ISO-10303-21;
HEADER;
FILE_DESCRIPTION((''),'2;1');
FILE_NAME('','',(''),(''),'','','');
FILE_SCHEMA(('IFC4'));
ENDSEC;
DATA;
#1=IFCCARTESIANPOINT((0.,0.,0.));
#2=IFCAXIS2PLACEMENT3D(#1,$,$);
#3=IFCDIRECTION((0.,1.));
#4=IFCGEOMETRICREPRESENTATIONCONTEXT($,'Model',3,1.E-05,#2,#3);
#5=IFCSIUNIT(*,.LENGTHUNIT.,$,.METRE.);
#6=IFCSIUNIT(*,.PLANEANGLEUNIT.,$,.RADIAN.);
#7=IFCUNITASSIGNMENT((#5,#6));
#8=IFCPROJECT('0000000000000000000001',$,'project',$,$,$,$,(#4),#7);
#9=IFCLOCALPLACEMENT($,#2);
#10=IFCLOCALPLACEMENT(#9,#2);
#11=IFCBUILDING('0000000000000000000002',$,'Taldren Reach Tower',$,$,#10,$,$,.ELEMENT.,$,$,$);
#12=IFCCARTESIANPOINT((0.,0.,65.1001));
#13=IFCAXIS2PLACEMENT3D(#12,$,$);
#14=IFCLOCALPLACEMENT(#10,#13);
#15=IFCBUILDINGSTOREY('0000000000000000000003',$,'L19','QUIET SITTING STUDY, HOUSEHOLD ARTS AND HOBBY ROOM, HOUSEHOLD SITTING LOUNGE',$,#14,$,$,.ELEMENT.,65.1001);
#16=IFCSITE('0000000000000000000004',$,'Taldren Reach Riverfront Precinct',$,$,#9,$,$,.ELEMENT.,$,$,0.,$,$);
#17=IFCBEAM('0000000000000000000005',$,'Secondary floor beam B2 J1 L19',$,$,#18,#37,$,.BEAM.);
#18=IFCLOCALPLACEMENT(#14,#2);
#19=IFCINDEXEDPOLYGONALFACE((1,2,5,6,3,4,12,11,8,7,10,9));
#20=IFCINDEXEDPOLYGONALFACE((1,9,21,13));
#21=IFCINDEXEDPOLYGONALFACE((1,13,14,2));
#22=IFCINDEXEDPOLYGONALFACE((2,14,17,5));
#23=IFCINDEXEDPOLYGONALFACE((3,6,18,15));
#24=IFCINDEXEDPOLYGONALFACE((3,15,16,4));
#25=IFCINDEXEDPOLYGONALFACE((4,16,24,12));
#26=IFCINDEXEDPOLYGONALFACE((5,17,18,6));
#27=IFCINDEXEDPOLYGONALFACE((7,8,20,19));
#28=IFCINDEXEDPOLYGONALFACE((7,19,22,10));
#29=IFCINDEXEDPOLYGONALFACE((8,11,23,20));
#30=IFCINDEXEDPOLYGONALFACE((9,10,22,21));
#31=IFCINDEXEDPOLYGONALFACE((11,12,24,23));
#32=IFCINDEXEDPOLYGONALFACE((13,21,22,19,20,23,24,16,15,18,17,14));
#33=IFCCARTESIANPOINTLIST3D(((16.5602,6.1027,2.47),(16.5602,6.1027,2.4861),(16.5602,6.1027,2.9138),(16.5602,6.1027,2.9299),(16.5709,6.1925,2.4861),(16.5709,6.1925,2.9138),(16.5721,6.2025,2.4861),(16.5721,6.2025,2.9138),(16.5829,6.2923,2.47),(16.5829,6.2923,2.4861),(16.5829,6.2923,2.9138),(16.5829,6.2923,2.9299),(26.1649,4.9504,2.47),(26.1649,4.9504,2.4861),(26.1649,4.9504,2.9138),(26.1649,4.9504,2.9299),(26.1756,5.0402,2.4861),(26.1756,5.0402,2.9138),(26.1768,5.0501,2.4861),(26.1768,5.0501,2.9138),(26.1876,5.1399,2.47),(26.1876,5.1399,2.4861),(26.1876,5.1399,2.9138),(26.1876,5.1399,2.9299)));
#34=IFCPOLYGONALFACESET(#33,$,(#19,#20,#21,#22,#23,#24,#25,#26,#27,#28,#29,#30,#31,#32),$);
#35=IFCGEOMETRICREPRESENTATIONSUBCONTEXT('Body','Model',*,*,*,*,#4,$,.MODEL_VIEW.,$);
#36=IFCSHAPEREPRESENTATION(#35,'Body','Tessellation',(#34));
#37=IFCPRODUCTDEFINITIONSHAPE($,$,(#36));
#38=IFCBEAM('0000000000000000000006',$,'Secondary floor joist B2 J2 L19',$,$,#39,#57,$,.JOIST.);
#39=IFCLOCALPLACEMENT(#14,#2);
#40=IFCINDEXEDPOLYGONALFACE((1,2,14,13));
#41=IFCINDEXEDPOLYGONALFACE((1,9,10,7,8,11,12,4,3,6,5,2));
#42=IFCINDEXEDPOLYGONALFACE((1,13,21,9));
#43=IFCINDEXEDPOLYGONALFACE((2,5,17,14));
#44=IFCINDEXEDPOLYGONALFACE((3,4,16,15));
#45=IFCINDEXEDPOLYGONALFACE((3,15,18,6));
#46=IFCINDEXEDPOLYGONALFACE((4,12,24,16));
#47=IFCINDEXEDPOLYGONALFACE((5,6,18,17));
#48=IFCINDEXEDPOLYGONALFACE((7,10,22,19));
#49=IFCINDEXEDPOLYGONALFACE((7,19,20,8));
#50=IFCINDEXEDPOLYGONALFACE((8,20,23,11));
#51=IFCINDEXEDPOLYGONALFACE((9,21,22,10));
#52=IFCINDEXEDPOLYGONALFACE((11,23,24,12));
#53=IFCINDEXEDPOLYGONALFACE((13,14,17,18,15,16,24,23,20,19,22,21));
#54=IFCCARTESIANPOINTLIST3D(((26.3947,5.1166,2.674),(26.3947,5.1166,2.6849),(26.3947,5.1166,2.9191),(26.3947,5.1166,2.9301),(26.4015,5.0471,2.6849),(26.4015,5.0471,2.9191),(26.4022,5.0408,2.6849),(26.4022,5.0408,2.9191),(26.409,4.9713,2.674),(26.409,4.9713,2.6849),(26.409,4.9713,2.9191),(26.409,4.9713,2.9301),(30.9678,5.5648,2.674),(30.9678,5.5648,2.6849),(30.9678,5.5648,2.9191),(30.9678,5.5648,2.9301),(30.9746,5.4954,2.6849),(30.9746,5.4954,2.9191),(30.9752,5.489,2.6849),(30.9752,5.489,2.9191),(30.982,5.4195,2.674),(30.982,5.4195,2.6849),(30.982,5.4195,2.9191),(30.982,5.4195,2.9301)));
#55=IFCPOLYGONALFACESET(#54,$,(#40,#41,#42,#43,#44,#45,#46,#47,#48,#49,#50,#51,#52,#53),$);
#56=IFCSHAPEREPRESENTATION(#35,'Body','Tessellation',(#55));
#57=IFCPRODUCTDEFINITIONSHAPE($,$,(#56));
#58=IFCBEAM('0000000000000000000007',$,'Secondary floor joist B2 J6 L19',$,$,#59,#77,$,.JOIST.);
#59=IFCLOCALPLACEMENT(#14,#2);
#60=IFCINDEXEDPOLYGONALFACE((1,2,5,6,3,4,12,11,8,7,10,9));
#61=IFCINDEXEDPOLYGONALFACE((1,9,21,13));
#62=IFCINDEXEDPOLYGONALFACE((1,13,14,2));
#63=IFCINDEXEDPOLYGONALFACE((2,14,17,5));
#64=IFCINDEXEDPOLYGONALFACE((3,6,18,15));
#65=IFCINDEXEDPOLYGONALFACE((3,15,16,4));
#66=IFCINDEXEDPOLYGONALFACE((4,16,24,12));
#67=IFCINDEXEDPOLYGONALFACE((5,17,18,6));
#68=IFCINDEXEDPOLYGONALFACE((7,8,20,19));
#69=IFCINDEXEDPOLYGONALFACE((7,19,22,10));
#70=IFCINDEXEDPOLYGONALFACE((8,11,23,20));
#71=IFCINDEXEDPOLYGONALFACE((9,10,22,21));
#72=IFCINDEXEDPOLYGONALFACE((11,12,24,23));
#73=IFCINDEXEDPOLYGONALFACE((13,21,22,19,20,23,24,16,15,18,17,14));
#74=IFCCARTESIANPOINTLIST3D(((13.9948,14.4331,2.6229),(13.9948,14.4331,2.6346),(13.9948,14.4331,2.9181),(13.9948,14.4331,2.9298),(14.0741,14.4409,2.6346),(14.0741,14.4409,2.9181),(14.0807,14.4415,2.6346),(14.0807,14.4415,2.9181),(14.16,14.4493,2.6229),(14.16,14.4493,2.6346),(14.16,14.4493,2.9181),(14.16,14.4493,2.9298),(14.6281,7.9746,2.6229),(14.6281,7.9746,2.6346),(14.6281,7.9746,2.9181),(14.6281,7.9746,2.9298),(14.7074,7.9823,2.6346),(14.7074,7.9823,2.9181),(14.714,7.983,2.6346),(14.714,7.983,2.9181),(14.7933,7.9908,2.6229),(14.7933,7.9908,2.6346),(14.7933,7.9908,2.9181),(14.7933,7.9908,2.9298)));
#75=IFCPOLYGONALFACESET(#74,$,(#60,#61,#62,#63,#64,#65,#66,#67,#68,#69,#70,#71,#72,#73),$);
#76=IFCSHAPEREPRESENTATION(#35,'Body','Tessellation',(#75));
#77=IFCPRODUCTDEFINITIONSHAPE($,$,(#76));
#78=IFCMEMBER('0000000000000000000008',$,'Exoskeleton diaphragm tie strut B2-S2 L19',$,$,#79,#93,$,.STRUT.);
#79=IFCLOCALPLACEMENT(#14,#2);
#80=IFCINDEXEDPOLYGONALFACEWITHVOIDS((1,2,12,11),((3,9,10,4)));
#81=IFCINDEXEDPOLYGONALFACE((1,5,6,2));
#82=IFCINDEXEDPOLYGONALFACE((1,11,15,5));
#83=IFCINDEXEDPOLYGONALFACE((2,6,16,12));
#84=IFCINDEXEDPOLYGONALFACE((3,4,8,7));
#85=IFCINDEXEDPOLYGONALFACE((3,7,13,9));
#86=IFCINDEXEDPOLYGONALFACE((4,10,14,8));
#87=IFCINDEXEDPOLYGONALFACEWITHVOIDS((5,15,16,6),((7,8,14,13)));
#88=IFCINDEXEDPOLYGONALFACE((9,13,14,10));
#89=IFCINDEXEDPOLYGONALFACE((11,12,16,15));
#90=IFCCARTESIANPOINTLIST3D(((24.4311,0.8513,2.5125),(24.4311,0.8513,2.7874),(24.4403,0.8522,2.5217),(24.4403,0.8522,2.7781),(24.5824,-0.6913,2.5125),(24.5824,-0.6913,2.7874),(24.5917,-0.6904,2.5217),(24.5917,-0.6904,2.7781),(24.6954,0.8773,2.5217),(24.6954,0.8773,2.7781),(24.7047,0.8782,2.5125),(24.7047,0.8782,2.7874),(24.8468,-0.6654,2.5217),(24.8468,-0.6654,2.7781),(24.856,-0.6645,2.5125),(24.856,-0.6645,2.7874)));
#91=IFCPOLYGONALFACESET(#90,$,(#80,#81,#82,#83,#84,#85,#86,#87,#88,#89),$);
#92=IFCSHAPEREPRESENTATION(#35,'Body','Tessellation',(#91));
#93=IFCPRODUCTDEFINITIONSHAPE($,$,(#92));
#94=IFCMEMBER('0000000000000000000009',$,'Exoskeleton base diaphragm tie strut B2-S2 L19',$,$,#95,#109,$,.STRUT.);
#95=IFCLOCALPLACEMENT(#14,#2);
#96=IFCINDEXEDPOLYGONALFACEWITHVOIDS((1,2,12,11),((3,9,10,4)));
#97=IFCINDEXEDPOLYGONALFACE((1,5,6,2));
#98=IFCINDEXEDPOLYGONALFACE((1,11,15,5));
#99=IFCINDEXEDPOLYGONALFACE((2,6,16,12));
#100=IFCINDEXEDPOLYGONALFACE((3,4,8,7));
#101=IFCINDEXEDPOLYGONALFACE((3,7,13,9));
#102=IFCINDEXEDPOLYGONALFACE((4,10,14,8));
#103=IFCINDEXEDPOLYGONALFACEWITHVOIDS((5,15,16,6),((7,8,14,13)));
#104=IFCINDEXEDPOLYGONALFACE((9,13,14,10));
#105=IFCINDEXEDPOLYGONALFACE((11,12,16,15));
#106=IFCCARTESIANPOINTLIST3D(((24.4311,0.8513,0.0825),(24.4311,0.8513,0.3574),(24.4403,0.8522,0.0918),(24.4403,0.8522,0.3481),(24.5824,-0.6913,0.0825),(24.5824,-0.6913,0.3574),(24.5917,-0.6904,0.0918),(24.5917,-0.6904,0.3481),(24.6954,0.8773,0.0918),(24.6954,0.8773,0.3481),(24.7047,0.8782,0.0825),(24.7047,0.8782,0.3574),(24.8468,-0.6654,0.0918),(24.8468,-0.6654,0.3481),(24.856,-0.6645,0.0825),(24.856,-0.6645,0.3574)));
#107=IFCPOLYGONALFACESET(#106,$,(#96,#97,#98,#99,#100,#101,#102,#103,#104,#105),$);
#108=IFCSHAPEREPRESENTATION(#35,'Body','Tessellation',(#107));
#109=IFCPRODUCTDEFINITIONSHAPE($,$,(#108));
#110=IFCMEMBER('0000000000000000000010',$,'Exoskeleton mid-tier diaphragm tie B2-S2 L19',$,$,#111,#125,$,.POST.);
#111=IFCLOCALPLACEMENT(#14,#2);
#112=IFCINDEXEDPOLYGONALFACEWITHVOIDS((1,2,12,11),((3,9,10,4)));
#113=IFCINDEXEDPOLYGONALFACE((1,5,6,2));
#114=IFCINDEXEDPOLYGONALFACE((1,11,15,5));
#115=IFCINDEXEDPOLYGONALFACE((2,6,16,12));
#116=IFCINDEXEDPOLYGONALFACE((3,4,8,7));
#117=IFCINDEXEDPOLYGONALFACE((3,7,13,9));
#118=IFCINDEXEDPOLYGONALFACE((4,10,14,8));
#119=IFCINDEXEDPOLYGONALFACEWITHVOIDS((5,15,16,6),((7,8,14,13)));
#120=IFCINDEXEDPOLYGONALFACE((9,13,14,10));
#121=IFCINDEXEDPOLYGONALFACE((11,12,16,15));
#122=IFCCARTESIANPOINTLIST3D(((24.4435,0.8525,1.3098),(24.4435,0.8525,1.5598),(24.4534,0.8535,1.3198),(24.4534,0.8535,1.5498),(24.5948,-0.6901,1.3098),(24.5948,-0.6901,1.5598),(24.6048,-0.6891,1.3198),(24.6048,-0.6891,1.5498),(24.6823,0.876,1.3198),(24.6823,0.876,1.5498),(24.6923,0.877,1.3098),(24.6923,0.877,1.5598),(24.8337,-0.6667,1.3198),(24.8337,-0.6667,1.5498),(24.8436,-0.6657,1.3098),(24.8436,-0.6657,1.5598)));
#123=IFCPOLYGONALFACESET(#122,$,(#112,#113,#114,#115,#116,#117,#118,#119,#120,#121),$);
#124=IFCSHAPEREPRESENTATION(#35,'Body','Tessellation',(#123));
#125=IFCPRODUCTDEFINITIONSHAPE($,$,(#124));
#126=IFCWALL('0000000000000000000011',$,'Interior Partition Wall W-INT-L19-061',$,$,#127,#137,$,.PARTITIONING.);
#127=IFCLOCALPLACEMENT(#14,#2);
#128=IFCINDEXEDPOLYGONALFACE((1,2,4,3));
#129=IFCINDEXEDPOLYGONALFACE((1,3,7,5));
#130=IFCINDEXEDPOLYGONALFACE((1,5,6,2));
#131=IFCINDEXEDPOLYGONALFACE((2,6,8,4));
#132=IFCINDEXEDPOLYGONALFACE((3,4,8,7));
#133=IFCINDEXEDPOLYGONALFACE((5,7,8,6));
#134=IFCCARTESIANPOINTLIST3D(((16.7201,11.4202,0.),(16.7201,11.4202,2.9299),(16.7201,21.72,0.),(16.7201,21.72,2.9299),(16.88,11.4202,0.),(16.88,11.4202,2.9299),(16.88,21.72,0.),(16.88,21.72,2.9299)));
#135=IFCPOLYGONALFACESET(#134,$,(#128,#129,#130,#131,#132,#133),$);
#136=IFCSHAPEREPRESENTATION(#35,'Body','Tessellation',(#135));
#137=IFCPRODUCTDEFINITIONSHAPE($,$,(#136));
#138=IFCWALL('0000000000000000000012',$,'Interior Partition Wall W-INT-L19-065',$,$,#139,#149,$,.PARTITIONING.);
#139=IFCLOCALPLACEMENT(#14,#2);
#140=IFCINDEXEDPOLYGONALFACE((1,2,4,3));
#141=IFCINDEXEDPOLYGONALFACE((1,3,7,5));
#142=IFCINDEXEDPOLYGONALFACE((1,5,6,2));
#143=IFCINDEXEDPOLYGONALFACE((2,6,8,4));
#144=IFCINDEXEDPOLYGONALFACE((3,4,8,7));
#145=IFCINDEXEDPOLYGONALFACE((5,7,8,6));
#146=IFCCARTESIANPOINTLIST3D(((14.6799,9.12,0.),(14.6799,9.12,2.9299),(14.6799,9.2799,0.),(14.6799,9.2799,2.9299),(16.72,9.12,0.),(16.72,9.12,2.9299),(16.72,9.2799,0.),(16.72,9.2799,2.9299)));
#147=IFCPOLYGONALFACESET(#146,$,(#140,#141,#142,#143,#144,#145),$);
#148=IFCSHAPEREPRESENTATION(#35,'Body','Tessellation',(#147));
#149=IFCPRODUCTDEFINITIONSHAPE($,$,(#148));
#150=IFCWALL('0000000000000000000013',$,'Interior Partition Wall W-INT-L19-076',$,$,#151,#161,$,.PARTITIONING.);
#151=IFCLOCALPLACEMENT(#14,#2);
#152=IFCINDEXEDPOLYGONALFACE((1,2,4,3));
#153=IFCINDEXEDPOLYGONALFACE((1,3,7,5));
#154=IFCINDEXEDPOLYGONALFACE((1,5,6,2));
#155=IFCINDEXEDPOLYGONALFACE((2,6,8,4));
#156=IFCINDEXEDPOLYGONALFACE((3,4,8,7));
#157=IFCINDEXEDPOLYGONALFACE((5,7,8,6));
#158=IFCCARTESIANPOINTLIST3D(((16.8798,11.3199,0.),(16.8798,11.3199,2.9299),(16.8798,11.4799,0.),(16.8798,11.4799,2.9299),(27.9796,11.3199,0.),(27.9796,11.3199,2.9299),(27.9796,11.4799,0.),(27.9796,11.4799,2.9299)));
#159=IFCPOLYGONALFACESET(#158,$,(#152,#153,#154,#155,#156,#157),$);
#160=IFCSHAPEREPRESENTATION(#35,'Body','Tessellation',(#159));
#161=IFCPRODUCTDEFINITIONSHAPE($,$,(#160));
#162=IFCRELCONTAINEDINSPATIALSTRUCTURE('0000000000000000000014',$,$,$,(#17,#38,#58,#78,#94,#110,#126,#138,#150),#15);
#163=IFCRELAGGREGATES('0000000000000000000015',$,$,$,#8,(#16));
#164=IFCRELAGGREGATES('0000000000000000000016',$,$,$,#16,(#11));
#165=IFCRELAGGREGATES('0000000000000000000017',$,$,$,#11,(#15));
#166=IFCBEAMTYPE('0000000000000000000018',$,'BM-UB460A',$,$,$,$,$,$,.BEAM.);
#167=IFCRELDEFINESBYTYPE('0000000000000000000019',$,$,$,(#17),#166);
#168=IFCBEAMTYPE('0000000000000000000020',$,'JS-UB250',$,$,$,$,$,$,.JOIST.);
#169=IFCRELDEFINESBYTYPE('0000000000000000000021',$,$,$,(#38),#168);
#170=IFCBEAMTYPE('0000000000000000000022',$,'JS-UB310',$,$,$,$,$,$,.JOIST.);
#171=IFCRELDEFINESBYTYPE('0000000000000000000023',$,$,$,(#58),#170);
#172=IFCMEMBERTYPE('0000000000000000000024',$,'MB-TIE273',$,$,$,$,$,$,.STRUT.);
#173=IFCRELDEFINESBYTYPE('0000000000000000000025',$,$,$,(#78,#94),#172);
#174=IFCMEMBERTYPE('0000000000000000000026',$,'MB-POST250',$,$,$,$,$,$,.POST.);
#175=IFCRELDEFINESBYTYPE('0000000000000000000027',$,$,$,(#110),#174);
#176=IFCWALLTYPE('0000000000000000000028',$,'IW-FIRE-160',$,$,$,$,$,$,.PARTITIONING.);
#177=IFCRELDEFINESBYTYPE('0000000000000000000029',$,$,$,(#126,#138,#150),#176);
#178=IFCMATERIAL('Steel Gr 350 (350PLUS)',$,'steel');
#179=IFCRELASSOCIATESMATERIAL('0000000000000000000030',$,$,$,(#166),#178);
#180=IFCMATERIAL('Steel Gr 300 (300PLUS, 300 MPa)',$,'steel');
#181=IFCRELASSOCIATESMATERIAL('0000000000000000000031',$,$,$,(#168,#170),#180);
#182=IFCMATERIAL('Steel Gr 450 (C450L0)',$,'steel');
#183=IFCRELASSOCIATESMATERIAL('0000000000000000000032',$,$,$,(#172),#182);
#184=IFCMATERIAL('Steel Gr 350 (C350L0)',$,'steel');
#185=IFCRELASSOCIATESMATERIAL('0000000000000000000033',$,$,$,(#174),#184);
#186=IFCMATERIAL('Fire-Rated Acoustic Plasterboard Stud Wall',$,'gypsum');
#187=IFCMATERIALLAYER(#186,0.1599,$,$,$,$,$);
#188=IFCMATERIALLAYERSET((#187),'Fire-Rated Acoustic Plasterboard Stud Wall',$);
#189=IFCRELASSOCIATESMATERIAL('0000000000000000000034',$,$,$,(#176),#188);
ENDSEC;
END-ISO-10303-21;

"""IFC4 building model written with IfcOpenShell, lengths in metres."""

from ifc_helpers import new_model, si_unit, direction, frame, frame_2d, origin, origin_2d, place, context, subcontext, project, spatial, rectangle, hollow_rectangle, i_section, extrude, source, transform, mapped, material, layer, layer_set, material_profile, profile_set, type_object, element, save


model = new_model("IFC4")

# Units and contexts
model_context = context("Model", 3, precision=1e-05, world=origin(), true_north=direction((0.0, 1.0)))
body_context = subcontext(model_context, "Body", "Model", "MODEL_VIEW")
ifc_project = project(units=[si_unit("LENGTHUNIT", "METRE"), si_unit("PLANEANGLEUNIT", "RADIAN")], contexts=[model_context])

# Site, building, storey
site_placement = place(None, origin())
site = spatial("IfcSite", under=ifc_project, at=site_placement, Name="Taldren Reach Riverfront Precinct", CompositionType="ELEMENT", RefElevation=0.0)
building_placement = place(site_placement, origin())
building = spatial("IfcBuilding", under=site, at=building_placement, Name="Taldren Reach Tower", CompositionType="ELEMENT")
storey_placement = place(building_placement, frame((0.0, 0.0, 65.1001)))
storey = spatial("IfcBuildingStorey", under=building, at=storey_placement, Name="L19", Description="QUIET SITTING STUDY, HOUSEHOLD ARTS AND HOBBY ROOM, HOUSEHOLD SITTING LOUNGE", CompositionType="ELEMENT", Elevation=65.1001)

# Shared definitions
ifc_material_1 = material(Name="Steel Gr 350 (350PLUS)", Category="steel")

# Beams
ifc_material_profile_1 = material_profile(ifc_material_1, i_section(OverallWidth=0.1909, OverallDepth=0.46, WebThickness=0.01, FlangeThickness=0.0161, at=origin_2d()), Name="460UB82.1")
ifc_profile_set_1 = profile_set([ifc_material_profile_1], Name="Steel Gr 350 (350PLUS)")
beam_type_1 = type_object("IfcBeamType", Name="BM-UB460A", PredefinedType="BEAM", material=ifc_profile_set_1)
shared_shape_1 = source(origin(), body_context, "Body", "SweptSolid", [
    extrude(i_section(OverallWidth=0.1909, OverallDepth=0.46, WebThickness=0.01, FlangeThickness=0.0161, at=origin_2d()), origin(), (0.0, 0.0, 1.0), 9.6736),
])
beam_1_placement = place(storey_placement, frame((16.5715, 6.1975, 2.7), z_axis=(0.99288, -0.119122, 0.0), x_axis=(0.119122, 0.99288, 0.0)))
element("IfcBeam", 1, at=beam_1_placement, inside=storey, type_object=beam_type_1, Name="Secondary floor beam B2 J1 L19", PredefinedType="BEAM", context=body_context, shape_type="MappedRepresentation", body=[
    mapped(shared_shape_1, transform((0.0, 0.0, 0.0), scale=1.0)),
])
ifc_material_2 = material(Name="Steel Gr 300 (300PLUS, 300 MPa)", Category="steel")
ifc_material_profile_2 = material_profile(ifc_material_2, i_section(OverallWidth=0.146, OverallDepth=0.2561, WebThickness=0.0063, FlangeThickness=0.011, at=origin_2d()), Name="250UB37.3")
ifc_profile_set_2 = profile_set([ifc_material_profile_2], Name="Steel Gr 300 (300PLUS, 300 MPa)")
beam_type_2 = type_object("IfcBeamType", Name="JS-UB250", PredefinedType="JOIST", material=ifc_profile_set_2)
shared_shape_2 = source(origin(), body_context, "Body", "SweptSolid", [
    extrude(i_section(OverallWidth=0.146, OverallDepth=0.2561, WebThickness=0.0063, FlangeThickness=0.011, at=origin_2d()), origin(), (0.0, 0.0, 1.0), 4.595),
])
beam_2_placement = place(storey_placement, frame((26.4019, 5.0439, 2.802), z_axis=(0.99523, 0.097552, 0.0), x_axis=(-0.097552, 0.99523, 0.0)))
element("IfcBeam", 2, at=beam_2_placement, inside=storey, type_object=beam_type_2, Name="Secondary floor joist B2 J2 L19", PredefinedType="JOIST", context=body_context, shape_type="MappedRepresentation", body=[
    mapped(shared_shape_2, transform((0.0, 0.0, 0.0), scale=1.0)),
])
ifc_material_profile_3 = material_profile(ifc_material_2, i_section(OverallWidth=0.166, OverallDepth=0.3069, WebThickness=0.0066, FlangeThickness=0.0117, at=origin_2d()), Name="310UB46.2")
ifc_profile_set_3 = profile_set([ifc_material_profile_3], Name="Steel Gr 300 (300PLUS, 300 MPa)")
beam_type_3 = type_object("IfcBeamType", Name="JS-UB310", PredefinedType="JOIST", material=ifc_profile_set_3)
shared_shape_3 = source(origin(), body_context, "Body", "SweptSolid", [
    extrude(i_section(OverallWidth=0.166, OverallDepth=0.3069, WebThickness=0.0066, FlangeThickness=0.0117, at=origin_2d()), origin(), (0.0, 0.0, 1.0), 6.4895),
])
beam_3_placement = place(storey_placement, frame((14.7107, 7.9827, 2.7764), z_axis=(-0.097589, 0.995227, 0.0), x_axis=(-0.995227, -0.097589, 0.0)))
element("IfcBeam", 3, at=beam_3_placement, inside=storey, type_object=beam_type_3, Name="Secondary floor joist B2 J6 L19", PredefinedType="JOIST", context=body_context, shape_type="MappedRepresentation", body=[
    mapped(shared_shape_3, transform((0.0, 0.0, 0.0), scale=1.0)),
])

# Members
ifc_material_3 = material(Name="Steel Gr 450 (C450L0)", Category="steel")
ifc_material_profile_4 = material_profile(ifc_material_3, hollow_rectangle(XDim=0.2749, YDim=0.2749, WallThickness=0.0093, at=origin_2d()), Name="275x275x9.3SHS")
ifc_profile_set_4 = profile_set([ifc_material_profile_4], Name="Steel Gr 450 (C450L0)")
member_type_1 = type_object("IfcMemberType", Name="MB-TIE273", PredefinedType="STRUT", material=ifc_profile_set_4)
shared_shape_4 = source(origin(), body_context, "Body", "SweptSolid", [
    extrude(hollow_rectangle(XDim=0.2749, YDim=0.2749, WallThickness=0.0093, at=origin_2d()), origin(), (0.0, 0.0, 1.0), 1.55),
])
for number, where, z_axis, x_axis, name in (
    (4, (24.5679, 0.8647, 2.6499), (0.097648, -0.995221, 0.0), (0.995221, 0.097648, 0.0), "Exoskeleton diaphragm tie strut B2-S2 L19"),
    (5, (24.5679, 0.8647, 0.22), (0.097648, -0.995221, 0.0), (0.995221, 0.097648, 0.0), "Exoskeleton base diaphragm tie strut B2-S2 L19"),
):
    element("IfcMember", number, at=place(storey_placement, frame(where, z_axis=z_axis, x_axis=x_axis)), inside=storey, type_object=member_type_1, Name=name, PredefinedType="STRUT", context=body_context, shape_type="MappedRepresentation", body=[
        mapped(shared_shape_4, transform((0.0, 0.0, 0.0), scale=1.0)),
    ])
ifc_material_4 = material(Name="Steel Gr 350 (C350L0)", Category="steel")
ifc_material_profile_5 = material_profile(ifc_material_4, hollow_rectangle(XDim=0.25, YDim=0.25, WallThickness=0.01, at=origin_2d()), Name="250x250x10.0SHS")
ifc_profile_set_5 = profile_set([ifc_material_profile_5], Name="Steel Gr 350 (C350L0)")
member_type_2 = type_object("IfcMemberType", Name="MB-POST250", PredefinedType="POST", material=ifc_profile_set_5)
shared_shape_5 = source(origin(), body_context, "Body", "SweptSolid", [
    extrude(hollow_rectangle(XDim=0.25, YDim=0.25, WallThickness=0.01, at=origin_2d()), origin(), (0.0, 0.0, 1.0), 1.55),
])
member_placement = place(storey_placement, frame((24.5679, 0.8647, 1.4348), z_axis=(0.097648, -0.995221, 0.0), x_axis=(0.995221, 0.097648, 0.0)))
element("IfcMember", 6, at=member_placement, inside=storey, type_object=member_type_2, Name="Exoskeleton mid-tier diaphragm tie B2-S2 L19", PredefinedType="POST", context=body_context, shape_type="MappedRepresentation", body=[
    mapped(shared_shape_5, transform((0.0, 0.0, 0.0), scale=1.0)),
])

# Walls
ifc_material_5 = material(Name="Fire-Rated Acoustic Plasterboard Stud Wall", Category="gypsum")
ifc_layer_1 = layer(ifc_material_5, 0.1599)
ifc_layer_set_1 = layer_set([ifc_layer_1], Name="Fire-Rated Acoustic Plasterboard Stud Wall")
wall_type_1 = type_object("IfcWallType", Name="IW-FIRE-160", PredefinedType="PARTITIONING", material=ifc_layer_set_1)
shared_shape_6 = source(origin(), body_context, "Body", "SweptSolid", [
    extrude(rectangle(XDim=10.2998, YDim=0.1599, at=frame_2d((5.1499, 0.0))), origin(), (0.0, 0.0, 1.0), 2.9299),
])
wall_1_placement = place(storey_placement, frame((16.8, 21.72, 0.0), z_axis=(0.0, 0.0, 1.0), x_axis=(0.0, -1.0, 0.0)))
element("IfcWall", 7, at=wall_1_placement, inside=storey, type_object=wall_type_1, Name="Interior Partition Wall W-INT-L19-061", PredefinedType="PARTITIONING", context=body_context, shape_type="MappedRepresentation", body=[
    mapped(shared_shape_6, transform((0.0, 0.0, 0.0), scale=1.0)),
])
shared_shape_7 = source(origin(), body_context, "Body", "SweptSolid", [
    extrude(rectangle(XDim=2.04, YDim=0.1599, at=frame_2d((1.02, 0.0))), origin(), (0.0, 0.0, 1.0), 2.9299),
])
wall_2_placement = place(storey_placement, frame((16.72, 9.2, 0.0), z_axis=(0.0, 0.0, 1.0), x_axis=(-1.0, 0.0, 0.0)))
element("IfcWall", 8, at=wall_2_placement, inside=storey, type_object=wall_type_1, Name="Interior Partition Wall W-INT-L19-065", PredefinedType="PARTITIONING", context=body_context, shape_type="MappedRepresentation", body=[
    mapped(shared_shape_7, transform((0.0, 0.0, 0.0), scale=1.0)),
])
shared_shape_8 = source(origin(), body_context, "Body", "SweptSolid", [
    extrude(rectangle(XDim=11.0999, YDim=0.1599, at=frame_2d((5.5498, 0.0))), origin(), (0.0, 0.0, 1.0), 2.9299),
])
wall_3_placement = place(storey_placement, frame((16.8799, 11.3999, 0.0), z_axis=(0.0, 0.0, 1.0), x_axis=(1.0, 0.0, 0.0)))
element("IfcWall", 9, at=wall_3_placement, inside=storey, type_object=wall_type_1, Name="Interior Partition Wall W-INT-L19-076", PredefinedType="PARTITIONING", context=body_context, shape_type="MappedRepresentation", body=[
    mapped(shared_shape_8, transform((0.0, 0.0, 0.0), scale=1.0)),
])

save(model, "model.ifc")
